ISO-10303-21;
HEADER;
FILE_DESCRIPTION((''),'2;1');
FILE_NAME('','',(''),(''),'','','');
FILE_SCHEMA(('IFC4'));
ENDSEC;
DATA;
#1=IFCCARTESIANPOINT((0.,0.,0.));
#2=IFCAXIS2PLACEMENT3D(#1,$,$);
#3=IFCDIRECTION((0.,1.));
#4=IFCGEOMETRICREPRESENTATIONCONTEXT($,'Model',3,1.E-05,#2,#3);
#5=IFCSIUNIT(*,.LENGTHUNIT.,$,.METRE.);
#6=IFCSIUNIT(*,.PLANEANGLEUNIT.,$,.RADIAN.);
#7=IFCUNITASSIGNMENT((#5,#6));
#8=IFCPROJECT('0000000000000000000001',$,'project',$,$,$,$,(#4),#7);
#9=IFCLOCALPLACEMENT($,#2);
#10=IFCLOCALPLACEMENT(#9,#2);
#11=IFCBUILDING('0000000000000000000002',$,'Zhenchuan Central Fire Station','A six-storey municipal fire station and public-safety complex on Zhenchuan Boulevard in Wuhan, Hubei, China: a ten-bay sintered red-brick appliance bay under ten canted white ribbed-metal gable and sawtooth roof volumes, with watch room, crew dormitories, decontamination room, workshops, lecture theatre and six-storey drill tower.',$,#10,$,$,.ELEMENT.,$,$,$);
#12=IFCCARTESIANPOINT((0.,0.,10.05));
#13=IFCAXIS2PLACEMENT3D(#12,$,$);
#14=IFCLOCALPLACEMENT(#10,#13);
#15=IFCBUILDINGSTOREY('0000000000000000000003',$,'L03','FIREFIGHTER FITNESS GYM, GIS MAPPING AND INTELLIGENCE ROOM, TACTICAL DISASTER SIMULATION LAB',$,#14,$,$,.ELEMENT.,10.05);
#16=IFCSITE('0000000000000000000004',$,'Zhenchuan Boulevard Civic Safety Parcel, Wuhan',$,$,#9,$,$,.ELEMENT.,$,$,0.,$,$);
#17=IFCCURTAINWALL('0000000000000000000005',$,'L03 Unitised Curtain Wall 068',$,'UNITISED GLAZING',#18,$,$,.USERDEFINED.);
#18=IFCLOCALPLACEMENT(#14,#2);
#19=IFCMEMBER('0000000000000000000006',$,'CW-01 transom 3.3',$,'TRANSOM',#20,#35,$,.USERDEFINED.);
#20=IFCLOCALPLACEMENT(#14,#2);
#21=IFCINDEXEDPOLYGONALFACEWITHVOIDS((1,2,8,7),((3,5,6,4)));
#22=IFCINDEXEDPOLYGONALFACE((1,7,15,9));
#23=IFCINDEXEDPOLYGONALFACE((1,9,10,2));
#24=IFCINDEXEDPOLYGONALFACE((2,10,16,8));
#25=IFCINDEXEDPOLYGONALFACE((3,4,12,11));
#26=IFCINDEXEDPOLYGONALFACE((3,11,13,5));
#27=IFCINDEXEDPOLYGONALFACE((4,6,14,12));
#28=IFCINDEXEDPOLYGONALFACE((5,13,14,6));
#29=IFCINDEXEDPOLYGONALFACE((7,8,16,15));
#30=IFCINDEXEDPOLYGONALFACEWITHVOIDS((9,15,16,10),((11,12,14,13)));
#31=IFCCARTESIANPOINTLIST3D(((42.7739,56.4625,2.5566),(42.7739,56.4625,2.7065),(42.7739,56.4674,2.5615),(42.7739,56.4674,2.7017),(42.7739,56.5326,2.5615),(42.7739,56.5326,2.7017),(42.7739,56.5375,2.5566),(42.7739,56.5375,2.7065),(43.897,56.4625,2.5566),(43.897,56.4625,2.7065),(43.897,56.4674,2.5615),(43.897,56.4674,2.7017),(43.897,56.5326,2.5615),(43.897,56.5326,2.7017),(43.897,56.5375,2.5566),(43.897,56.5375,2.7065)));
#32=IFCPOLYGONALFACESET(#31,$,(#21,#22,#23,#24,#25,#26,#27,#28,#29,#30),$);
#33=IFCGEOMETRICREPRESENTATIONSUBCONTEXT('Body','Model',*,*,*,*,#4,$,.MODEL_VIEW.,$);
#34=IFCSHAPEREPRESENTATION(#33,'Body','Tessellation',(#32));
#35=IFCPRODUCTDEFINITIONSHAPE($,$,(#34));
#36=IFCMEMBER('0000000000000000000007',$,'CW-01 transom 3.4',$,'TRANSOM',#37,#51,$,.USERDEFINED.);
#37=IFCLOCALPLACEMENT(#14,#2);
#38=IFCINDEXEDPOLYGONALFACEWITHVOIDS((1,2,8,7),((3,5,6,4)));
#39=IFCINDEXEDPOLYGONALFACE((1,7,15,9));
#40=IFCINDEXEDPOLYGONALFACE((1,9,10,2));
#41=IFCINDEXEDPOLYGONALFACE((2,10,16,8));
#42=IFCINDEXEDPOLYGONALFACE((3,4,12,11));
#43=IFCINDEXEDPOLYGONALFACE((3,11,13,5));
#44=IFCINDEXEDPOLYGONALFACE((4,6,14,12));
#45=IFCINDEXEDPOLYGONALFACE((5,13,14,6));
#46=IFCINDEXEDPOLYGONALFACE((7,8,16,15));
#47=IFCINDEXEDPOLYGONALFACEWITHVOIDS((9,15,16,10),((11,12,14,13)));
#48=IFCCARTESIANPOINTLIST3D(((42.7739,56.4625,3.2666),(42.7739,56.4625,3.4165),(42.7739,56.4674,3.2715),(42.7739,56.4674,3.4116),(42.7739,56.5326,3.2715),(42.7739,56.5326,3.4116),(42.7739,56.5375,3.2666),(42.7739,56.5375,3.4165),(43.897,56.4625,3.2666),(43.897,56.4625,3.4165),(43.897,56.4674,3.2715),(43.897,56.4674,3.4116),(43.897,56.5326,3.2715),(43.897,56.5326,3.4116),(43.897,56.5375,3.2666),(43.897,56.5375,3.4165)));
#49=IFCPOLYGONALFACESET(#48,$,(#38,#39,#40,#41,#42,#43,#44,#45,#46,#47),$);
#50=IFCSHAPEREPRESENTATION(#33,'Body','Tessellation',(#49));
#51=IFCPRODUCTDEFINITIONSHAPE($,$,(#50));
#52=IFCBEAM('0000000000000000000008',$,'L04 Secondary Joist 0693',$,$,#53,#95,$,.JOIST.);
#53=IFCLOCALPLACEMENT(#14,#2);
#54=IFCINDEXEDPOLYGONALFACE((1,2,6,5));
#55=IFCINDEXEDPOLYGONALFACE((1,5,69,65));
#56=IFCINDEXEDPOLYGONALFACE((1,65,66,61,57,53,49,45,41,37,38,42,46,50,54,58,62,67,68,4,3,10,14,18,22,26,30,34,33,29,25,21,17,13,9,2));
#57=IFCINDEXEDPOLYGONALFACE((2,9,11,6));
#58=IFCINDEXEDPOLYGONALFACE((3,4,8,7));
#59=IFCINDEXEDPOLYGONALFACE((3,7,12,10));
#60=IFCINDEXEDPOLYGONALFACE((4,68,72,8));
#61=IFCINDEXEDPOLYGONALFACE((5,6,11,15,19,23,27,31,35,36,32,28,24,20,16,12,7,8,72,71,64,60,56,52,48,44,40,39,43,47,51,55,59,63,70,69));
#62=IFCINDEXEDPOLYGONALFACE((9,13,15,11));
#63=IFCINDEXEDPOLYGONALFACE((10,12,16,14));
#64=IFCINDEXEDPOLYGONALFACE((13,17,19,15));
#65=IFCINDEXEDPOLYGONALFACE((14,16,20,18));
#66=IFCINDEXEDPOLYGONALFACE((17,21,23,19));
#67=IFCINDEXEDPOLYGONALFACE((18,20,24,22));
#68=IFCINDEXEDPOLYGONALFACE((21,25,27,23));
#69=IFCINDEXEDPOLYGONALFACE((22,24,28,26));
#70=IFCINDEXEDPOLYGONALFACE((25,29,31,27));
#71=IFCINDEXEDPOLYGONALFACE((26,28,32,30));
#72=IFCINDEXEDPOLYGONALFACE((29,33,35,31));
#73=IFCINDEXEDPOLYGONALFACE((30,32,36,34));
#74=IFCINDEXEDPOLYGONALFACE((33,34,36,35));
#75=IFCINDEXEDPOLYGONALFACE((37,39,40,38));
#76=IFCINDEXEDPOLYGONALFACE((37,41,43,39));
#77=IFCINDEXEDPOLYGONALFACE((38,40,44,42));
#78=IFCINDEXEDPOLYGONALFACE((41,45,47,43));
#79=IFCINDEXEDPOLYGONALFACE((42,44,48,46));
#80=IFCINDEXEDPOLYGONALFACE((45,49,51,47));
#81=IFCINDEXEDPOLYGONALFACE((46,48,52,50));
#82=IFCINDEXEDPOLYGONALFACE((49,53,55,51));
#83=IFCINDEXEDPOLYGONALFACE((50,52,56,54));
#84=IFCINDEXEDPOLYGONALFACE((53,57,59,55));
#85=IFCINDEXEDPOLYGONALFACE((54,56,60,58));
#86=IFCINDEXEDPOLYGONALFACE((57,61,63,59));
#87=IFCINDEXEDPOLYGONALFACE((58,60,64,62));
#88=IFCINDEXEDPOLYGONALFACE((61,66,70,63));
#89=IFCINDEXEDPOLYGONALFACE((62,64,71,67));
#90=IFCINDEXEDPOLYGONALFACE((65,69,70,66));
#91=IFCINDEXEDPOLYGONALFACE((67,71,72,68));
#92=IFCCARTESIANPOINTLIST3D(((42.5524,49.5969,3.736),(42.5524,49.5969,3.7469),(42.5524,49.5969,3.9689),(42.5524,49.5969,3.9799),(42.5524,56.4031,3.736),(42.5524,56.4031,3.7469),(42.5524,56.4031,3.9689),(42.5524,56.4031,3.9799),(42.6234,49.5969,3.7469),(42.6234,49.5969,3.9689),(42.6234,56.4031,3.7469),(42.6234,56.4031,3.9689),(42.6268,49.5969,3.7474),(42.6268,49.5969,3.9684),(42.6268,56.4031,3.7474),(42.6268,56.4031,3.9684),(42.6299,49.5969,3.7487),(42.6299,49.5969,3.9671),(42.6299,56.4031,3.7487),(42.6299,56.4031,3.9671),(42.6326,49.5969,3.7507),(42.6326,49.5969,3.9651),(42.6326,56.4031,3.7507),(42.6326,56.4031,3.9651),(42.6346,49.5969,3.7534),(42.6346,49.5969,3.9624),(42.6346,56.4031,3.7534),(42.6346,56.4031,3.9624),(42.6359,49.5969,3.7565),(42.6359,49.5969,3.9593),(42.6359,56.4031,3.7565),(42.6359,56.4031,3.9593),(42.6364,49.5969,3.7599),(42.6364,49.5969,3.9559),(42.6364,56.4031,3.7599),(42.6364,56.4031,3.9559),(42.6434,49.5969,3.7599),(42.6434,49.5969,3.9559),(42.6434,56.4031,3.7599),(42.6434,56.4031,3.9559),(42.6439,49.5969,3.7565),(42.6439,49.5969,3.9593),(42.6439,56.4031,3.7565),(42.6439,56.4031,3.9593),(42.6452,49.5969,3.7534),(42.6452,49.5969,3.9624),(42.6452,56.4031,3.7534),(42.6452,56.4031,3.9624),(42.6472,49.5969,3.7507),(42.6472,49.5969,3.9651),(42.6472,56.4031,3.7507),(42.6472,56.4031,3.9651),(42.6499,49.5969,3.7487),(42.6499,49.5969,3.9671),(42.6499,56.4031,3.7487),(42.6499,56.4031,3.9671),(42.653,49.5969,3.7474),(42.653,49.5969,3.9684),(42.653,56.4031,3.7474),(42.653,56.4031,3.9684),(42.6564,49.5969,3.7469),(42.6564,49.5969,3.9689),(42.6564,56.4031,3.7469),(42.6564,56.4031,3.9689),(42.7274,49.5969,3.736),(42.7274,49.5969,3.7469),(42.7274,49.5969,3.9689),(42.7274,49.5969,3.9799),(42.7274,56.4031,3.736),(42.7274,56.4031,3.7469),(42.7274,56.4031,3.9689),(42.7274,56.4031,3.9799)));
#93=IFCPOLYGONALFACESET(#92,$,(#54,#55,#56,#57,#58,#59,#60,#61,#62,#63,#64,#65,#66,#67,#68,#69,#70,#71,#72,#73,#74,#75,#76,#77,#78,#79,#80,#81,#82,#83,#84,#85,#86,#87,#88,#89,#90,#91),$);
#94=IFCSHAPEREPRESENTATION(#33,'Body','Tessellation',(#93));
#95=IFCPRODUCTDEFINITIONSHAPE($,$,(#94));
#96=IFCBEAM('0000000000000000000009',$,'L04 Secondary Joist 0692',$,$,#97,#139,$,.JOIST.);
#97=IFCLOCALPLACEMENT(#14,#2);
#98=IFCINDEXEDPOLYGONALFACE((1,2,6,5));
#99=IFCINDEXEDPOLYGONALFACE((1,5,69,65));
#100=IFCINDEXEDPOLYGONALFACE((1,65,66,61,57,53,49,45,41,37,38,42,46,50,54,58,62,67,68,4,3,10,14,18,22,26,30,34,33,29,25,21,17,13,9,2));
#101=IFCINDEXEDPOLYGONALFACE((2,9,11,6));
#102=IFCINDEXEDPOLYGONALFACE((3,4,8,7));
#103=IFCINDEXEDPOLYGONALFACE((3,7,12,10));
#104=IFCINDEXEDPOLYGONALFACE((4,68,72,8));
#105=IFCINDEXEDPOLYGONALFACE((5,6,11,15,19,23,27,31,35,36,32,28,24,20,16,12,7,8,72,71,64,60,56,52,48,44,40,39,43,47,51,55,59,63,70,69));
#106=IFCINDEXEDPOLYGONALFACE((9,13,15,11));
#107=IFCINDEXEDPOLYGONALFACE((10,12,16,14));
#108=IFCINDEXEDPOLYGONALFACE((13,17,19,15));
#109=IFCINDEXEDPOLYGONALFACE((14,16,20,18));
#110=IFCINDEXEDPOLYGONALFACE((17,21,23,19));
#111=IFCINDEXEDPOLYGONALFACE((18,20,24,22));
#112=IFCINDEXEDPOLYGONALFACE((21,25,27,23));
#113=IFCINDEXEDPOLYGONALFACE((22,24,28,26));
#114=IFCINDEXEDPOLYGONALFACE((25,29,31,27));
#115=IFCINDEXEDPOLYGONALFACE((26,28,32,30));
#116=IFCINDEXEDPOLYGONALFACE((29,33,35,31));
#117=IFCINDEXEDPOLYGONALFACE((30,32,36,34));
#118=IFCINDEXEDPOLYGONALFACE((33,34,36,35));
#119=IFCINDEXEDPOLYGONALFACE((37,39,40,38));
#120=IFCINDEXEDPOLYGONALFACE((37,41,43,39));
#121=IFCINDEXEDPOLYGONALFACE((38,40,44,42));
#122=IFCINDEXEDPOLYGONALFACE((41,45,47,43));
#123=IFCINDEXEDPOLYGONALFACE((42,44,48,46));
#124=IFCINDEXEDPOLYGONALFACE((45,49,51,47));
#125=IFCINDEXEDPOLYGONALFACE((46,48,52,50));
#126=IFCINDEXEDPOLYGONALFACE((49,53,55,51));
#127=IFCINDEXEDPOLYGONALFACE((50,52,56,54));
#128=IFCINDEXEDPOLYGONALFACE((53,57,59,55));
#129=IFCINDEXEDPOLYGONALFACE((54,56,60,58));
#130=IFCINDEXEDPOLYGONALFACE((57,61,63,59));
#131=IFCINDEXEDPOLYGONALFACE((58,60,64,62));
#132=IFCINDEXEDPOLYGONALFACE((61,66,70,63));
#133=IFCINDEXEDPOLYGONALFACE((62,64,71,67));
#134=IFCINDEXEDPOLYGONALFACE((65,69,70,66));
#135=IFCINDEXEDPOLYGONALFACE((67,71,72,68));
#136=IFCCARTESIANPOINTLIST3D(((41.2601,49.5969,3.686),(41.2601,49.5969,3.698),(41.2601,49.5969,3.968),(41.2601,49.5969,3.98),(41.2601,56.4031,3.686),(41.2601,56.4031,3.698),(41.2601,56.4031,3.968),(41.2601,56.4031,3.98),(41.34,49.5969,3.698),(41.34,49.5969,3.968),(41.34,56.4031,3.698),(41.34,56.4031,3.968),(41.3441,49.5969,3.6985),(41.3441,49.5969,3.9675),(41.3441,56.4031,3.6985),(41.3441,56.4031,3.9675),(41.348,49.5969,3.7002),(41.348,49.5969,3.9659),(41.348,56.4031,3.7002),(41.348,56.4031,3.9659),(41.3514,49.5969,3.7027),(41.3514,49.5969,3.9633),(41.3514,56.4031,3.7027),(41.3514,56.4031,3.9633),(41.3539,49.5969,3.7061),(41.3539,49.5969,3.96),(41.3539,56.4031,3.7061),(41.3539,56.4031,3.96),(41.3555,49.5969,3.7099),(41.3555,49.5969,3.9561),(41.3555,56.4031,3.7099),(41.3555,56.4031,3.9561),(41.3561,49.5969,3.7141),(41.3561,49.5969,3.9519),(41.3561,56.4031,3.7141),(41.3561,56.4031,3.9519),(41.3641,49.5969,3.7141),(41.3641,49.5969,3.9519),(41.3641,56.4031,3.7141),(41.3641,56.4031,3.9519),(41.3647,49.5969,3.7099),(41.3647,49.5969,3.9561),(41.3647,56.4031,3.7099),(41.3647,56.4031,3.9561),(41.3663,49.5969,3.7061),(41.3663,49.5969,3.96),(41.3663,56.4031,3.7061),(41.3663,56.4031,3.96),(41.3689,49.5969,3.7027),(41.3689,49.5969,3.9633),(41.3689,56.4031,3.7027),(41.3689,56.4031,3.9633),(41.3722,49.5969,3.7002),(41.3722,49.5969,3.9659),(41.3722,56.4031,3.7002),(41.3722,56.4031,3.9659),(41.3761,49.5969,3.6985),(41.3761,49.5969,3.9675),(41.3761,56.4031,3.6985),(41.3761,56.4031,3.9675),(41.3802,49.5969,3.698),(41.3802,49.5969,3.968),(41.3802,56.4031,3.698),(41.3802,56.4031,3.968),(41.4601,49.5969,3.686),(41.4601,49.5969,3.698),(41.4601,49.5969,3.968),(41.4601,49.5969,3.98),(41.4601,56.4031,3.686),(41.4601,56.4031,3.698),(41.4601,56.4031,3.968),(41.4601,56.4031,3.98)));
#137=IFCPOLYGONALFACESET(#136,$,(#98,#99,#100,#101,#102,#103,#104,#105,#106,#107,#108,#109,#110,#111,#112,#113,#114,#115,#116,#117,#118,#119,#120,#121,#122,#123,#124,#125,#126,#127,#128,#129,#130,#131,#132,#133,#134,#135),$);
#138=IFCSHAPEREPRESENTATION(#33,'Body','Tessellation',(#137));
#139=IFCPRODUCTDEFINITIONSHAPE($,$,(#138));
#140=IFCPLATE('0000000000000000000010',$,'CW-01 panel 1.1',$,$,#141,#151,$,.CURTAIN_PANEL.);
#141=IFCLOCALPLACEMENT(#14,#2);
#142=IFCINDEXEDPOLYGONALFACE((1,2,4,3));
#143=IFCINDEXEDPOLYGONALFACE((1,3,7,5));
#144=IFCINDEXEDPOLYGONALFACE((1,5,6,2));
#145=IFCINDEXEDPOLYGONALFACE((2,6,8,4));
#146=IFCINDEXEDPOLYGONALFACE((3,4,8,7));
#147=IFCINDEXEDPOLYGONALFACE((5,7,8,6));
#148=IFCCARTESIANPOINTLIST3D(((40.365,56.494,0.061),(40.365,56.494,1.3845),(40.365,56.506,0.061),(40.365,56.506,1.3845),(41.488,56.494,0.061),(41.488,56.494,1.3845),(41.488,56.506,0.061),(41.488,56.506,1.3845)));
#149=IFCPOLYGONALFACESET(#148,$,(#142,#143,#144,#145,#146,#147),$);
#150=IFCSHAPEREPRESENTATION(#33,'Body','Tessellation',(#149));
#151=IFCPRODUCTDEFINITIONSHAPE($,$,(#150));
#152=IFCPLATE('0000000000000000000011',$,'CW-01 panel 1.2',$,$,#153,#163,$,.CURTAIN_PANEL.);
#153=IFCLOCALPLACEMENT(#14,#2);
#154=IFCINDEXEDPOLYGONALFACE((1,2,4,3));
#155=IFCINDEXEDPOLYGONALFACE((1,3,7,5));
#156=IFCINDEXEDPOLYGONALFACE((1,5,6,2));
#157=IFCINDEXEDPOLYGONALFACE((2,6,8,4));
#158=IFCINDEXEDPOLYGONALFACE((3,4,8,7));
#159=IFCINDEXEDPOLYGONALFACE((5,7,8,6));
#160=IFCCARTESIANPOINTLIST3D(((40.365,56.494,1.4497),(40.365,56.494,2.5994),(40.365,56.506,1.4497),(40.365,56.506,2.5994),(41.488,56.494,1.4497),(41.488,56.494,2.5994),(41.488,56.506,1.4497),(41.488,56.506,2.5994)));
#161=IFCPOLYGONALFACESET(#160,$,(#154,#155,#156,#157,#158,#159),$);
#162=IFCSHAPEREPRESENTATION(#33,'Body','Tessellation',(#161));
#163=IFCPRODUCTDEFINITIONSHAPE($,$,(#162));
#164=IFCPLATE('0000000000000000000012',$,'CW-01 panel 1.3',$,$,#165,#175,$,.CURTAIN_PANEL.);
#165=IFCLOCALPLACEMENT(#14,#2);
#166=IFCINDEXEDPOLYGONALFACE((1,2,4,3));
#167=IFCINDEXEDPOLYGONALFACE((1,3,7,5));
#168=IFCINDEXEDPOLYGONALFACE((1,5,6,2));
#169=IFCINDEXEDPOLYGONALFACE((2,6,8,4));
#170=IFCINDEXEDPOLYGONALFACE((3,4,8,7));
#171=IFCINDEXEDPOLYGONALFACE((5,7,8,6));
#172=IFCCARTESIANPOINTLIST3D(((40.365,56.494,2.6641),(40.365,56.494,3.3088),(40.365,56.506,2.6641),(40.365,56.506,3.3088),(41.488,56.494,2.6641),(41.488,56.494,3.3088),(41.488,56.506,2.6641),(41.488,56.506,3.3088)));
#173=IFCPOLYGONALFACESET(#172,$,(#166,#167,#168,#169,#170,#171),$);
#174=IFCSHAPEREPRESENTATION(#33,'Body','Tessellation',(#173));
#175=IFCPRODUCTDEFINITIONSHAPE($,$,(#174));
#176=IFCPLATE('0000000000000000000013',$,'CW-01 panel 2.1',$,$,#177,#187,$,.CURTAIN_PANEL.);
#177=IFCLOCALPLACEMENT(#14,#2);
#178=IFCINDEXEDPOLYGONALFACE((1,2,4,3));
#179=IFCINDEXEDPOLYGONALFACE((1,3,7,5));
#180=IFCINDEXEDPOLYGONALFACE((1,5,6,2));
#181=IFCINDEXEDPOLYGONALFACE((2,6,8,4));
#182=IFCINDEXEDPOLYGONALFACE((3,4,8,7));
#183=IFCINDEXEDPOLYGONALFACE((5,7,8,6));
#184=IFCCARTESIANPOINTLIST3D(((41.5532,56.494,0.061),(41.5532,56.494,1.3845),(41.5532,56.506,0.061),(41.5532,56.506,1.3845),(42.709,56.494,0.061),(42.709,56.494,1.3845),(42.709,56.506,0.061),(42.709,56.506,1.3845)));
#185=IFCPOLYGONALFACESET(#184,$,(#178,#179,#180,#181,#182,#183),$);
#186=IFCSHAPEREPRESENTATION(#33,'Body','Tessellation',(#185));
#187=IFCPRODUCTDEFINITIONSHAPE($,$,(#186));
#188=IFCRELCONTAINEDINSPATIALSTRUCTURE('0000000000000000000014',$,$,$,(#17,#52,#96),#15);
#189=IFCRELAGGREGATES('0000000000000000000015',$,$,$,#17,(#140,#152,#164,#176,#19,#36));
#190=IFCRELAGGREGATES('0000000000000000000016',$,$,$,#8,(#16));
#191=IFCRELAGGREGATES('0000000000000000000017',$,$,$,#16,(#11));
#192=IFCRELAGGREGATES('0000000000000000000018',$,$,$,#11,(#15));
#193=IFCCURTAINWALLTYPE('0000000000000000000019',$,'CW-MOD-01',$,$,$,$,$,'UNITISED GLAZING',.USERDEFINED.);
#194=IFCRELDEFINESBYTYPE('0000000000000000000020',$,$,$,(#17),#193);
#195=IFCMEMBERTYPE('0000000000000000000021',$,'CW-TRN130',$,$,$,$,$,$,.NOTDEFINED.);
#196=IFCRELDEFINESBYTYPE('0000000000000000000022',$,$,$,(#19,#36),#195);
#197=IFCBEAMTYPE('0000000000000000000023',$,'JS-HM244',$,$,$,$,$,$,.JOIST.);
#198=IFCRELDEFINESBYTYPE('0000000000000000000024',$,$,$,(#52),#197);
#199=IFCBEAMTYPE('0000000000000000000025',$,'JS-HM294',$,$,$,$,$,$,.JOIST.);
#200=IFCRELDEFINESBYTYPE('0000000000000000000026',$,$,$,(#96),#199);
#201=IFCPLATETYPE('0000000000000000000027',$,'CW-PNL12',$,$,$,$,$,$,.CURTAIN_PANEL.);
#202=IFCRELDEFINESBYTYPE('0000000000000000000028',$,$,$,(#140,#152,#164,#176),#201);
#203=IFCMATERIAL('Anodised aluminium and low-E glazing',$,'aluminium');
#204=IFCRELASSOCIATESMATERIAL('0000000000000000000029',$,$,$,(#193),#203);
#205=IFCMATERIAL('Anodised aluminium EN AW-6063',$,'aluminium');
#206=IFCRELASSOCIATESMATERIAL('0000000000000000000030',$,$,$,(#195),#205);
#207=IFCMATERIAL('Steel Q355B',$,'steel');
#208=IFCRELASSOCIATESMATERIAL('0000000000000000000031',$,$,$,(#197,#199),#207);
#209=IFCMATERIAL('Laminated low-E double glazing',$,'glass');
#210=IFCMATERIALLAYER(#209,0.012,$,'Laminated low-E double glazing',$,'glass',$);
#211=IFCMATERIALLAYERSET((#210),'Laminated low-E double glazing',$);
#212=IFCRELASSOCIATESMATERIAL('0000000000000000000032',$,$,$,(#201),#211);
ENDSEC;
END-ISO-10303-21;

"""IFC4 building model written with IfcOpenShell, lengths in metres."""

from ifc_helpers import new_model, si_unit, direction, frame, origin, origin_2d, place, context, subcontext, project, spatial, rectangle, hollow_rectangle, i_section, extrude, material, layer, layer_set, material_profile, profile_set, type_object, element, aggregate, save


model = new_model("IFC4")

# Units and contexts
model_context = context("Model", 3, precision=1e-05, world=origin(), true_north=direction((0.0, 1.0)))
body_context = subcontext(model_context, "Body", "Model", "MODEL_VIEW")
ifc_project = project(units=[si_unit("LENGTHUNIT", "METRE"), si_unit("PLANEANGLEUNIT", "RADIAN")], contexts=[model_context])

# Site, building, storey
site_placement = place(None, origin())
site = spatial("IfcSite", under=ifc_project, at=site_placement, Name="Zhenchuan Boulevard Civic Safety Parcel, Wuhan", CompositionType="ELEMENT", RefElevation=0.0)
building_placement = place(site_placement, origin())
building = spatial("IfcBuilding", under=site, at=building_placement, Name="Zhenchuan Central Fire Station", Description="A six-storey municipal fire station and public-safety complex on Zhenchuan Boulevard in Wuhan, Hubei, China: a ten-bay sintered red-brick appliance bay under ten canted white ribbed-metal gable and sawtooth roof volumes, with watch room, crew dormitories, decontamination room, workshops, lecture theatre and six-storey drill tower.", CompositionType="ELEMENT")
storey_placement = place(building_placement, frame((0.0, 0.0, 10.05)))
storey = spatial("IfcBuildingStorey", under=building, at=storey_placement, Name="L03", Description="FIREFIGHTER FITNESS GYM, GIS MAPPING AND INTELLIGENCE ROOM, TACTICAL DISASTER SIMULATION LAB", CompositionType="ELEMENT", Elevation=10.05)

# Shared definitions
ifc_material_1 = material(Name="Steel Q355B", Category="steel")

# Curtain wall, members
ifc_material_2 = material(Name="Anodised aluminium and low-E glazing", Category="aluminium")
curtain_wall_type = type_object("IfcCurtainWallType", Name="CW-MOD-01", ElementType="UNITISED GLAZING", PredefinedType="USERDEFINED", material=ifc_material_2)
curtain_wall_placement = place(storey_placement, origin())
curtain_wall = element("IfcCurtainWall", 1, at=curtain_wall_placement, inside=storey, type_object=curtain_wall_type, Name="L03 Unitised Curtain Wall 068", ObjectType="UNITISED GLAZING", PredefinedType="USERDEFINED")
ifc_material_3 = material(Name="Anodised aluminium EN AW-6063", Category="aluminium")
ifc_material_profile_1 = material_profile(ifc_material_3, hollow_rectangle(XDim=0.075, YDim=0.1499, WallThickness=0.0049, at=origin_2d()), Name="ALU-T 150x75")
ifc_profile_set_1 = profile_set([ifc_material_profile_1], Name="Anodised aluminium EN AW-6063")
member_type_1 = type_object("IfcMemberType", Name="CW-TRN130", PredefinedType="NOTDEFINED", material=ifc_profile_set_1)
member_1_placement = place(storey_placement, frame((42.7739, 56.5, 2.6316), z_axis=(1.0, 0.0, 0.0), x_axis=(0.0, 1.0, 0.0)))
member_1 = element("IfcMember", 2, at=member_1_placement, type_object=member_type_1, Name="CW-01 transom 3.3", ObjectType="TRANSOM", PredefinedType="USERDEFINED", context=body_context, shape_type="SweptSolid", body=[
    extrude(hollow_rectangle(XDim=0.075, YDim=0.1499, WallThickness=0.0049, at=origin_2d()), origin(), (0.0, 0.0, 1.0), 1.123),
])
member_2_placement = place(storey_placement, frame((42.7739, 56.5, 3.3416), z_axis=(1.0, 0.0, 0.0), x_axis=(0.0, 1.0, 0.0)))
member_2 = element("IfcMember", 3, at=member_2_placement, type_object=member_type_1, Name="CW-01 transom 3.4", ObjectType="TRANSOM", PredefinedType="USERDEFINED", context=body_context, shape_type="SweptSolid", body=[
    extrude(hollow_rectangle(XDim=0.075, YDim=0.1499, WallThickness=0.0049, at=origin_2d()), origin(), (0.0, 0.0, 1.0), 1.123),
])

# Beams
ifc_material_profile_2 = material_profile(ifc_material_1, i_section(OverallWidth=0.175, OverallDepth=0.2439, WebThickness=0.0071, FlangeThickness=0.011, FilletRadius=0.0129, at=origin_2d()), Name="HM 244x175")
ifc_profile_set_2 = profile_set([ifc_material_profile_2], Name="Steel Q355B")
beam_type_1 = type_object("IfcBeamType", Name="JS-HM244", PredefinedType="JOIST", material=ifc_profile_set_2)
beam_1_placement = place(storey_placement, frame((42.6399, 49.5969, 3.8579), z_axis=(0.0, 1.0, 0.0), x_axis=(-1.0, 0.0, 0.0)))
element("IfcBeam", 4, at=beam_1_placement, inside=storey, type_object=beam_type_1, Name="L04 Secondary Joist 0693", PredefinedType="JOIST", context=body_context, shape_type="SweptSolid", body=[
    extrude(i_section(OverallWidth=0.175, OverallDepth=0.2439, WebThickness=0.0071, FlangeThickness=0.011, FilletRadius=0.0129, at=origin_2d()), origin(), (0.0, 0.0, 1.0), 6.8062),
])
ifc_material_profile_3 = material_profile(ifc_material_1, i_section(OverallWidth=0.2, OverallDepth=0.2939, WebThickness=0.0081, FlangeThickness=0.012, FilletRadius=0.0161, at=origin_2d()), Name="HM 294x200")
ifc_profile_set_3 = profile_set([ifc_material_profile_3], Name="Steel Q355B")
beam_type_2 = type_object("IfcBeamType", Name="JS-HM294", PredefinedType="JOIST", material=ifc_profile_set_3)
beam_2_placement = place(storey_placement, frame((41.3601, 49.5969, 3.833), z_axis=(0.0, 1.0, 0.0), x_axis=(-1.0, 0.0, 0.0)))
element("IfcBeam", 5, at=beam_2_placement, inside=storey, type_object=beam_type_2, Name="L04 Secondary Joist 0692", PredefinedType="JOIST", context=body_context, shape_type="SweptSolid", body=[
    extrude(i_section(OverallWidth=0.2, OverallDepth=0.2939, WebThickness=0.0081, FlangeThickness=0.012, FilletRadius=0.0161, at=origin_2d()), origin(), (0.0, 0.0, 1.0), 6.8062),
])

# Plates
ifc_material_4 = material(Name="Laminated low-E double glazing", Category="glass")
ifc_layer_1 = layer(ifc_material_4, 0.012, Name="Laminated low-E double glazing", Category="glass")
ifc_layer_set_1 = layer_set([ifc_layer_1], Name="Laminated low-E double glazing")
plate_type = type_object("IfcPlateType", Name="CW-PNL12", PredefinedType="CURTAIN_PANEL", material=ifc_layer_set_1)
plate_1_placement = place(storey_placement, frame((40.9265, 56.5, 0.061), z_axis=(0.0, 0.0, 1.0), x_axis=(1.0, 0.0, 0.0)))
plate_1 = element("IfcPlate", 6, at=plate_1_placement, type_object=plate_type, Name="CW-01 panel 1.1", PredefinedType="CURTAIN_PANEL", context=body_context, shape_type="SweptSolid", body=[
    extrude(rectangle(XDim=1.123, YDim=0.012, at=origin_2d()), origin(), (0.0, 0.0, 1.0), 1.3235),
])
plate_2_placement = place(storey_placement, frame((40.9265, 56.5, 1.4497), z_axis=(0.0, 0.0, 1.0), x_axis=(1.0, 0.0, 0.0)))
plate_2 = element("IfcPlate", 7, at=plate_2_placement, type_object=plate_type, Name="CW-01 panel 1.2", PredefinedType="CURTAIN_PANEL", context=body_context, shape_type="SweptSolid", body=[
    extrude(rectangle(XDim=1.123, YDim=0.012, at=origin_2d()), origin(), (0.0, 0.0, 1.0), 1.1497),
])
plate_3_placement = place(storey_placement, frame((40.9265, 56.5, 2.6641), z_axis=(0.0, 0.0, 1.0), x_axis=(1.0, 0.0, 0.0)))
plate_3 = element("IfcPlate", 8, at=plate_3_placement, type_object=plate_type, Name="CW-01 panel 1.3", PredefinedType="CURTAIN_PANEL", context=body_context, shape_type="SweptSolid", body=[
    extrude(rectangle(XDim=1.123, YDim=0.012, at=origin_2d()), origin(), (0.0, 0.0, 1.0), 0.6448),
])
plate_4_placement = place(storey_placement, frame((42.1311, 56.5, 0.061), z_axis=(0.0, 0.0, 1.0), x_axis=(1.0, 0.0, 0.0)))
plate_4 = element("IfcPlate", 9, at=plate_4_placement, type_object=plate_type, Name="CW-01 panel 2.1", PredefinedType="CURTAIN_PANEL", context=body_context, shape_type="SweptSolid", body=[
    extrude(rectangle(XDim=1.1558, YDim=0.012, at=origin_2d()), origin(), (0.0, 0.0, 1.0), 1.3235),
])
aggregate(curtain_wall, [plate_1, plate_2, plate_3, plate_4, member_1, member_2])

save(model, "model.ifc")
